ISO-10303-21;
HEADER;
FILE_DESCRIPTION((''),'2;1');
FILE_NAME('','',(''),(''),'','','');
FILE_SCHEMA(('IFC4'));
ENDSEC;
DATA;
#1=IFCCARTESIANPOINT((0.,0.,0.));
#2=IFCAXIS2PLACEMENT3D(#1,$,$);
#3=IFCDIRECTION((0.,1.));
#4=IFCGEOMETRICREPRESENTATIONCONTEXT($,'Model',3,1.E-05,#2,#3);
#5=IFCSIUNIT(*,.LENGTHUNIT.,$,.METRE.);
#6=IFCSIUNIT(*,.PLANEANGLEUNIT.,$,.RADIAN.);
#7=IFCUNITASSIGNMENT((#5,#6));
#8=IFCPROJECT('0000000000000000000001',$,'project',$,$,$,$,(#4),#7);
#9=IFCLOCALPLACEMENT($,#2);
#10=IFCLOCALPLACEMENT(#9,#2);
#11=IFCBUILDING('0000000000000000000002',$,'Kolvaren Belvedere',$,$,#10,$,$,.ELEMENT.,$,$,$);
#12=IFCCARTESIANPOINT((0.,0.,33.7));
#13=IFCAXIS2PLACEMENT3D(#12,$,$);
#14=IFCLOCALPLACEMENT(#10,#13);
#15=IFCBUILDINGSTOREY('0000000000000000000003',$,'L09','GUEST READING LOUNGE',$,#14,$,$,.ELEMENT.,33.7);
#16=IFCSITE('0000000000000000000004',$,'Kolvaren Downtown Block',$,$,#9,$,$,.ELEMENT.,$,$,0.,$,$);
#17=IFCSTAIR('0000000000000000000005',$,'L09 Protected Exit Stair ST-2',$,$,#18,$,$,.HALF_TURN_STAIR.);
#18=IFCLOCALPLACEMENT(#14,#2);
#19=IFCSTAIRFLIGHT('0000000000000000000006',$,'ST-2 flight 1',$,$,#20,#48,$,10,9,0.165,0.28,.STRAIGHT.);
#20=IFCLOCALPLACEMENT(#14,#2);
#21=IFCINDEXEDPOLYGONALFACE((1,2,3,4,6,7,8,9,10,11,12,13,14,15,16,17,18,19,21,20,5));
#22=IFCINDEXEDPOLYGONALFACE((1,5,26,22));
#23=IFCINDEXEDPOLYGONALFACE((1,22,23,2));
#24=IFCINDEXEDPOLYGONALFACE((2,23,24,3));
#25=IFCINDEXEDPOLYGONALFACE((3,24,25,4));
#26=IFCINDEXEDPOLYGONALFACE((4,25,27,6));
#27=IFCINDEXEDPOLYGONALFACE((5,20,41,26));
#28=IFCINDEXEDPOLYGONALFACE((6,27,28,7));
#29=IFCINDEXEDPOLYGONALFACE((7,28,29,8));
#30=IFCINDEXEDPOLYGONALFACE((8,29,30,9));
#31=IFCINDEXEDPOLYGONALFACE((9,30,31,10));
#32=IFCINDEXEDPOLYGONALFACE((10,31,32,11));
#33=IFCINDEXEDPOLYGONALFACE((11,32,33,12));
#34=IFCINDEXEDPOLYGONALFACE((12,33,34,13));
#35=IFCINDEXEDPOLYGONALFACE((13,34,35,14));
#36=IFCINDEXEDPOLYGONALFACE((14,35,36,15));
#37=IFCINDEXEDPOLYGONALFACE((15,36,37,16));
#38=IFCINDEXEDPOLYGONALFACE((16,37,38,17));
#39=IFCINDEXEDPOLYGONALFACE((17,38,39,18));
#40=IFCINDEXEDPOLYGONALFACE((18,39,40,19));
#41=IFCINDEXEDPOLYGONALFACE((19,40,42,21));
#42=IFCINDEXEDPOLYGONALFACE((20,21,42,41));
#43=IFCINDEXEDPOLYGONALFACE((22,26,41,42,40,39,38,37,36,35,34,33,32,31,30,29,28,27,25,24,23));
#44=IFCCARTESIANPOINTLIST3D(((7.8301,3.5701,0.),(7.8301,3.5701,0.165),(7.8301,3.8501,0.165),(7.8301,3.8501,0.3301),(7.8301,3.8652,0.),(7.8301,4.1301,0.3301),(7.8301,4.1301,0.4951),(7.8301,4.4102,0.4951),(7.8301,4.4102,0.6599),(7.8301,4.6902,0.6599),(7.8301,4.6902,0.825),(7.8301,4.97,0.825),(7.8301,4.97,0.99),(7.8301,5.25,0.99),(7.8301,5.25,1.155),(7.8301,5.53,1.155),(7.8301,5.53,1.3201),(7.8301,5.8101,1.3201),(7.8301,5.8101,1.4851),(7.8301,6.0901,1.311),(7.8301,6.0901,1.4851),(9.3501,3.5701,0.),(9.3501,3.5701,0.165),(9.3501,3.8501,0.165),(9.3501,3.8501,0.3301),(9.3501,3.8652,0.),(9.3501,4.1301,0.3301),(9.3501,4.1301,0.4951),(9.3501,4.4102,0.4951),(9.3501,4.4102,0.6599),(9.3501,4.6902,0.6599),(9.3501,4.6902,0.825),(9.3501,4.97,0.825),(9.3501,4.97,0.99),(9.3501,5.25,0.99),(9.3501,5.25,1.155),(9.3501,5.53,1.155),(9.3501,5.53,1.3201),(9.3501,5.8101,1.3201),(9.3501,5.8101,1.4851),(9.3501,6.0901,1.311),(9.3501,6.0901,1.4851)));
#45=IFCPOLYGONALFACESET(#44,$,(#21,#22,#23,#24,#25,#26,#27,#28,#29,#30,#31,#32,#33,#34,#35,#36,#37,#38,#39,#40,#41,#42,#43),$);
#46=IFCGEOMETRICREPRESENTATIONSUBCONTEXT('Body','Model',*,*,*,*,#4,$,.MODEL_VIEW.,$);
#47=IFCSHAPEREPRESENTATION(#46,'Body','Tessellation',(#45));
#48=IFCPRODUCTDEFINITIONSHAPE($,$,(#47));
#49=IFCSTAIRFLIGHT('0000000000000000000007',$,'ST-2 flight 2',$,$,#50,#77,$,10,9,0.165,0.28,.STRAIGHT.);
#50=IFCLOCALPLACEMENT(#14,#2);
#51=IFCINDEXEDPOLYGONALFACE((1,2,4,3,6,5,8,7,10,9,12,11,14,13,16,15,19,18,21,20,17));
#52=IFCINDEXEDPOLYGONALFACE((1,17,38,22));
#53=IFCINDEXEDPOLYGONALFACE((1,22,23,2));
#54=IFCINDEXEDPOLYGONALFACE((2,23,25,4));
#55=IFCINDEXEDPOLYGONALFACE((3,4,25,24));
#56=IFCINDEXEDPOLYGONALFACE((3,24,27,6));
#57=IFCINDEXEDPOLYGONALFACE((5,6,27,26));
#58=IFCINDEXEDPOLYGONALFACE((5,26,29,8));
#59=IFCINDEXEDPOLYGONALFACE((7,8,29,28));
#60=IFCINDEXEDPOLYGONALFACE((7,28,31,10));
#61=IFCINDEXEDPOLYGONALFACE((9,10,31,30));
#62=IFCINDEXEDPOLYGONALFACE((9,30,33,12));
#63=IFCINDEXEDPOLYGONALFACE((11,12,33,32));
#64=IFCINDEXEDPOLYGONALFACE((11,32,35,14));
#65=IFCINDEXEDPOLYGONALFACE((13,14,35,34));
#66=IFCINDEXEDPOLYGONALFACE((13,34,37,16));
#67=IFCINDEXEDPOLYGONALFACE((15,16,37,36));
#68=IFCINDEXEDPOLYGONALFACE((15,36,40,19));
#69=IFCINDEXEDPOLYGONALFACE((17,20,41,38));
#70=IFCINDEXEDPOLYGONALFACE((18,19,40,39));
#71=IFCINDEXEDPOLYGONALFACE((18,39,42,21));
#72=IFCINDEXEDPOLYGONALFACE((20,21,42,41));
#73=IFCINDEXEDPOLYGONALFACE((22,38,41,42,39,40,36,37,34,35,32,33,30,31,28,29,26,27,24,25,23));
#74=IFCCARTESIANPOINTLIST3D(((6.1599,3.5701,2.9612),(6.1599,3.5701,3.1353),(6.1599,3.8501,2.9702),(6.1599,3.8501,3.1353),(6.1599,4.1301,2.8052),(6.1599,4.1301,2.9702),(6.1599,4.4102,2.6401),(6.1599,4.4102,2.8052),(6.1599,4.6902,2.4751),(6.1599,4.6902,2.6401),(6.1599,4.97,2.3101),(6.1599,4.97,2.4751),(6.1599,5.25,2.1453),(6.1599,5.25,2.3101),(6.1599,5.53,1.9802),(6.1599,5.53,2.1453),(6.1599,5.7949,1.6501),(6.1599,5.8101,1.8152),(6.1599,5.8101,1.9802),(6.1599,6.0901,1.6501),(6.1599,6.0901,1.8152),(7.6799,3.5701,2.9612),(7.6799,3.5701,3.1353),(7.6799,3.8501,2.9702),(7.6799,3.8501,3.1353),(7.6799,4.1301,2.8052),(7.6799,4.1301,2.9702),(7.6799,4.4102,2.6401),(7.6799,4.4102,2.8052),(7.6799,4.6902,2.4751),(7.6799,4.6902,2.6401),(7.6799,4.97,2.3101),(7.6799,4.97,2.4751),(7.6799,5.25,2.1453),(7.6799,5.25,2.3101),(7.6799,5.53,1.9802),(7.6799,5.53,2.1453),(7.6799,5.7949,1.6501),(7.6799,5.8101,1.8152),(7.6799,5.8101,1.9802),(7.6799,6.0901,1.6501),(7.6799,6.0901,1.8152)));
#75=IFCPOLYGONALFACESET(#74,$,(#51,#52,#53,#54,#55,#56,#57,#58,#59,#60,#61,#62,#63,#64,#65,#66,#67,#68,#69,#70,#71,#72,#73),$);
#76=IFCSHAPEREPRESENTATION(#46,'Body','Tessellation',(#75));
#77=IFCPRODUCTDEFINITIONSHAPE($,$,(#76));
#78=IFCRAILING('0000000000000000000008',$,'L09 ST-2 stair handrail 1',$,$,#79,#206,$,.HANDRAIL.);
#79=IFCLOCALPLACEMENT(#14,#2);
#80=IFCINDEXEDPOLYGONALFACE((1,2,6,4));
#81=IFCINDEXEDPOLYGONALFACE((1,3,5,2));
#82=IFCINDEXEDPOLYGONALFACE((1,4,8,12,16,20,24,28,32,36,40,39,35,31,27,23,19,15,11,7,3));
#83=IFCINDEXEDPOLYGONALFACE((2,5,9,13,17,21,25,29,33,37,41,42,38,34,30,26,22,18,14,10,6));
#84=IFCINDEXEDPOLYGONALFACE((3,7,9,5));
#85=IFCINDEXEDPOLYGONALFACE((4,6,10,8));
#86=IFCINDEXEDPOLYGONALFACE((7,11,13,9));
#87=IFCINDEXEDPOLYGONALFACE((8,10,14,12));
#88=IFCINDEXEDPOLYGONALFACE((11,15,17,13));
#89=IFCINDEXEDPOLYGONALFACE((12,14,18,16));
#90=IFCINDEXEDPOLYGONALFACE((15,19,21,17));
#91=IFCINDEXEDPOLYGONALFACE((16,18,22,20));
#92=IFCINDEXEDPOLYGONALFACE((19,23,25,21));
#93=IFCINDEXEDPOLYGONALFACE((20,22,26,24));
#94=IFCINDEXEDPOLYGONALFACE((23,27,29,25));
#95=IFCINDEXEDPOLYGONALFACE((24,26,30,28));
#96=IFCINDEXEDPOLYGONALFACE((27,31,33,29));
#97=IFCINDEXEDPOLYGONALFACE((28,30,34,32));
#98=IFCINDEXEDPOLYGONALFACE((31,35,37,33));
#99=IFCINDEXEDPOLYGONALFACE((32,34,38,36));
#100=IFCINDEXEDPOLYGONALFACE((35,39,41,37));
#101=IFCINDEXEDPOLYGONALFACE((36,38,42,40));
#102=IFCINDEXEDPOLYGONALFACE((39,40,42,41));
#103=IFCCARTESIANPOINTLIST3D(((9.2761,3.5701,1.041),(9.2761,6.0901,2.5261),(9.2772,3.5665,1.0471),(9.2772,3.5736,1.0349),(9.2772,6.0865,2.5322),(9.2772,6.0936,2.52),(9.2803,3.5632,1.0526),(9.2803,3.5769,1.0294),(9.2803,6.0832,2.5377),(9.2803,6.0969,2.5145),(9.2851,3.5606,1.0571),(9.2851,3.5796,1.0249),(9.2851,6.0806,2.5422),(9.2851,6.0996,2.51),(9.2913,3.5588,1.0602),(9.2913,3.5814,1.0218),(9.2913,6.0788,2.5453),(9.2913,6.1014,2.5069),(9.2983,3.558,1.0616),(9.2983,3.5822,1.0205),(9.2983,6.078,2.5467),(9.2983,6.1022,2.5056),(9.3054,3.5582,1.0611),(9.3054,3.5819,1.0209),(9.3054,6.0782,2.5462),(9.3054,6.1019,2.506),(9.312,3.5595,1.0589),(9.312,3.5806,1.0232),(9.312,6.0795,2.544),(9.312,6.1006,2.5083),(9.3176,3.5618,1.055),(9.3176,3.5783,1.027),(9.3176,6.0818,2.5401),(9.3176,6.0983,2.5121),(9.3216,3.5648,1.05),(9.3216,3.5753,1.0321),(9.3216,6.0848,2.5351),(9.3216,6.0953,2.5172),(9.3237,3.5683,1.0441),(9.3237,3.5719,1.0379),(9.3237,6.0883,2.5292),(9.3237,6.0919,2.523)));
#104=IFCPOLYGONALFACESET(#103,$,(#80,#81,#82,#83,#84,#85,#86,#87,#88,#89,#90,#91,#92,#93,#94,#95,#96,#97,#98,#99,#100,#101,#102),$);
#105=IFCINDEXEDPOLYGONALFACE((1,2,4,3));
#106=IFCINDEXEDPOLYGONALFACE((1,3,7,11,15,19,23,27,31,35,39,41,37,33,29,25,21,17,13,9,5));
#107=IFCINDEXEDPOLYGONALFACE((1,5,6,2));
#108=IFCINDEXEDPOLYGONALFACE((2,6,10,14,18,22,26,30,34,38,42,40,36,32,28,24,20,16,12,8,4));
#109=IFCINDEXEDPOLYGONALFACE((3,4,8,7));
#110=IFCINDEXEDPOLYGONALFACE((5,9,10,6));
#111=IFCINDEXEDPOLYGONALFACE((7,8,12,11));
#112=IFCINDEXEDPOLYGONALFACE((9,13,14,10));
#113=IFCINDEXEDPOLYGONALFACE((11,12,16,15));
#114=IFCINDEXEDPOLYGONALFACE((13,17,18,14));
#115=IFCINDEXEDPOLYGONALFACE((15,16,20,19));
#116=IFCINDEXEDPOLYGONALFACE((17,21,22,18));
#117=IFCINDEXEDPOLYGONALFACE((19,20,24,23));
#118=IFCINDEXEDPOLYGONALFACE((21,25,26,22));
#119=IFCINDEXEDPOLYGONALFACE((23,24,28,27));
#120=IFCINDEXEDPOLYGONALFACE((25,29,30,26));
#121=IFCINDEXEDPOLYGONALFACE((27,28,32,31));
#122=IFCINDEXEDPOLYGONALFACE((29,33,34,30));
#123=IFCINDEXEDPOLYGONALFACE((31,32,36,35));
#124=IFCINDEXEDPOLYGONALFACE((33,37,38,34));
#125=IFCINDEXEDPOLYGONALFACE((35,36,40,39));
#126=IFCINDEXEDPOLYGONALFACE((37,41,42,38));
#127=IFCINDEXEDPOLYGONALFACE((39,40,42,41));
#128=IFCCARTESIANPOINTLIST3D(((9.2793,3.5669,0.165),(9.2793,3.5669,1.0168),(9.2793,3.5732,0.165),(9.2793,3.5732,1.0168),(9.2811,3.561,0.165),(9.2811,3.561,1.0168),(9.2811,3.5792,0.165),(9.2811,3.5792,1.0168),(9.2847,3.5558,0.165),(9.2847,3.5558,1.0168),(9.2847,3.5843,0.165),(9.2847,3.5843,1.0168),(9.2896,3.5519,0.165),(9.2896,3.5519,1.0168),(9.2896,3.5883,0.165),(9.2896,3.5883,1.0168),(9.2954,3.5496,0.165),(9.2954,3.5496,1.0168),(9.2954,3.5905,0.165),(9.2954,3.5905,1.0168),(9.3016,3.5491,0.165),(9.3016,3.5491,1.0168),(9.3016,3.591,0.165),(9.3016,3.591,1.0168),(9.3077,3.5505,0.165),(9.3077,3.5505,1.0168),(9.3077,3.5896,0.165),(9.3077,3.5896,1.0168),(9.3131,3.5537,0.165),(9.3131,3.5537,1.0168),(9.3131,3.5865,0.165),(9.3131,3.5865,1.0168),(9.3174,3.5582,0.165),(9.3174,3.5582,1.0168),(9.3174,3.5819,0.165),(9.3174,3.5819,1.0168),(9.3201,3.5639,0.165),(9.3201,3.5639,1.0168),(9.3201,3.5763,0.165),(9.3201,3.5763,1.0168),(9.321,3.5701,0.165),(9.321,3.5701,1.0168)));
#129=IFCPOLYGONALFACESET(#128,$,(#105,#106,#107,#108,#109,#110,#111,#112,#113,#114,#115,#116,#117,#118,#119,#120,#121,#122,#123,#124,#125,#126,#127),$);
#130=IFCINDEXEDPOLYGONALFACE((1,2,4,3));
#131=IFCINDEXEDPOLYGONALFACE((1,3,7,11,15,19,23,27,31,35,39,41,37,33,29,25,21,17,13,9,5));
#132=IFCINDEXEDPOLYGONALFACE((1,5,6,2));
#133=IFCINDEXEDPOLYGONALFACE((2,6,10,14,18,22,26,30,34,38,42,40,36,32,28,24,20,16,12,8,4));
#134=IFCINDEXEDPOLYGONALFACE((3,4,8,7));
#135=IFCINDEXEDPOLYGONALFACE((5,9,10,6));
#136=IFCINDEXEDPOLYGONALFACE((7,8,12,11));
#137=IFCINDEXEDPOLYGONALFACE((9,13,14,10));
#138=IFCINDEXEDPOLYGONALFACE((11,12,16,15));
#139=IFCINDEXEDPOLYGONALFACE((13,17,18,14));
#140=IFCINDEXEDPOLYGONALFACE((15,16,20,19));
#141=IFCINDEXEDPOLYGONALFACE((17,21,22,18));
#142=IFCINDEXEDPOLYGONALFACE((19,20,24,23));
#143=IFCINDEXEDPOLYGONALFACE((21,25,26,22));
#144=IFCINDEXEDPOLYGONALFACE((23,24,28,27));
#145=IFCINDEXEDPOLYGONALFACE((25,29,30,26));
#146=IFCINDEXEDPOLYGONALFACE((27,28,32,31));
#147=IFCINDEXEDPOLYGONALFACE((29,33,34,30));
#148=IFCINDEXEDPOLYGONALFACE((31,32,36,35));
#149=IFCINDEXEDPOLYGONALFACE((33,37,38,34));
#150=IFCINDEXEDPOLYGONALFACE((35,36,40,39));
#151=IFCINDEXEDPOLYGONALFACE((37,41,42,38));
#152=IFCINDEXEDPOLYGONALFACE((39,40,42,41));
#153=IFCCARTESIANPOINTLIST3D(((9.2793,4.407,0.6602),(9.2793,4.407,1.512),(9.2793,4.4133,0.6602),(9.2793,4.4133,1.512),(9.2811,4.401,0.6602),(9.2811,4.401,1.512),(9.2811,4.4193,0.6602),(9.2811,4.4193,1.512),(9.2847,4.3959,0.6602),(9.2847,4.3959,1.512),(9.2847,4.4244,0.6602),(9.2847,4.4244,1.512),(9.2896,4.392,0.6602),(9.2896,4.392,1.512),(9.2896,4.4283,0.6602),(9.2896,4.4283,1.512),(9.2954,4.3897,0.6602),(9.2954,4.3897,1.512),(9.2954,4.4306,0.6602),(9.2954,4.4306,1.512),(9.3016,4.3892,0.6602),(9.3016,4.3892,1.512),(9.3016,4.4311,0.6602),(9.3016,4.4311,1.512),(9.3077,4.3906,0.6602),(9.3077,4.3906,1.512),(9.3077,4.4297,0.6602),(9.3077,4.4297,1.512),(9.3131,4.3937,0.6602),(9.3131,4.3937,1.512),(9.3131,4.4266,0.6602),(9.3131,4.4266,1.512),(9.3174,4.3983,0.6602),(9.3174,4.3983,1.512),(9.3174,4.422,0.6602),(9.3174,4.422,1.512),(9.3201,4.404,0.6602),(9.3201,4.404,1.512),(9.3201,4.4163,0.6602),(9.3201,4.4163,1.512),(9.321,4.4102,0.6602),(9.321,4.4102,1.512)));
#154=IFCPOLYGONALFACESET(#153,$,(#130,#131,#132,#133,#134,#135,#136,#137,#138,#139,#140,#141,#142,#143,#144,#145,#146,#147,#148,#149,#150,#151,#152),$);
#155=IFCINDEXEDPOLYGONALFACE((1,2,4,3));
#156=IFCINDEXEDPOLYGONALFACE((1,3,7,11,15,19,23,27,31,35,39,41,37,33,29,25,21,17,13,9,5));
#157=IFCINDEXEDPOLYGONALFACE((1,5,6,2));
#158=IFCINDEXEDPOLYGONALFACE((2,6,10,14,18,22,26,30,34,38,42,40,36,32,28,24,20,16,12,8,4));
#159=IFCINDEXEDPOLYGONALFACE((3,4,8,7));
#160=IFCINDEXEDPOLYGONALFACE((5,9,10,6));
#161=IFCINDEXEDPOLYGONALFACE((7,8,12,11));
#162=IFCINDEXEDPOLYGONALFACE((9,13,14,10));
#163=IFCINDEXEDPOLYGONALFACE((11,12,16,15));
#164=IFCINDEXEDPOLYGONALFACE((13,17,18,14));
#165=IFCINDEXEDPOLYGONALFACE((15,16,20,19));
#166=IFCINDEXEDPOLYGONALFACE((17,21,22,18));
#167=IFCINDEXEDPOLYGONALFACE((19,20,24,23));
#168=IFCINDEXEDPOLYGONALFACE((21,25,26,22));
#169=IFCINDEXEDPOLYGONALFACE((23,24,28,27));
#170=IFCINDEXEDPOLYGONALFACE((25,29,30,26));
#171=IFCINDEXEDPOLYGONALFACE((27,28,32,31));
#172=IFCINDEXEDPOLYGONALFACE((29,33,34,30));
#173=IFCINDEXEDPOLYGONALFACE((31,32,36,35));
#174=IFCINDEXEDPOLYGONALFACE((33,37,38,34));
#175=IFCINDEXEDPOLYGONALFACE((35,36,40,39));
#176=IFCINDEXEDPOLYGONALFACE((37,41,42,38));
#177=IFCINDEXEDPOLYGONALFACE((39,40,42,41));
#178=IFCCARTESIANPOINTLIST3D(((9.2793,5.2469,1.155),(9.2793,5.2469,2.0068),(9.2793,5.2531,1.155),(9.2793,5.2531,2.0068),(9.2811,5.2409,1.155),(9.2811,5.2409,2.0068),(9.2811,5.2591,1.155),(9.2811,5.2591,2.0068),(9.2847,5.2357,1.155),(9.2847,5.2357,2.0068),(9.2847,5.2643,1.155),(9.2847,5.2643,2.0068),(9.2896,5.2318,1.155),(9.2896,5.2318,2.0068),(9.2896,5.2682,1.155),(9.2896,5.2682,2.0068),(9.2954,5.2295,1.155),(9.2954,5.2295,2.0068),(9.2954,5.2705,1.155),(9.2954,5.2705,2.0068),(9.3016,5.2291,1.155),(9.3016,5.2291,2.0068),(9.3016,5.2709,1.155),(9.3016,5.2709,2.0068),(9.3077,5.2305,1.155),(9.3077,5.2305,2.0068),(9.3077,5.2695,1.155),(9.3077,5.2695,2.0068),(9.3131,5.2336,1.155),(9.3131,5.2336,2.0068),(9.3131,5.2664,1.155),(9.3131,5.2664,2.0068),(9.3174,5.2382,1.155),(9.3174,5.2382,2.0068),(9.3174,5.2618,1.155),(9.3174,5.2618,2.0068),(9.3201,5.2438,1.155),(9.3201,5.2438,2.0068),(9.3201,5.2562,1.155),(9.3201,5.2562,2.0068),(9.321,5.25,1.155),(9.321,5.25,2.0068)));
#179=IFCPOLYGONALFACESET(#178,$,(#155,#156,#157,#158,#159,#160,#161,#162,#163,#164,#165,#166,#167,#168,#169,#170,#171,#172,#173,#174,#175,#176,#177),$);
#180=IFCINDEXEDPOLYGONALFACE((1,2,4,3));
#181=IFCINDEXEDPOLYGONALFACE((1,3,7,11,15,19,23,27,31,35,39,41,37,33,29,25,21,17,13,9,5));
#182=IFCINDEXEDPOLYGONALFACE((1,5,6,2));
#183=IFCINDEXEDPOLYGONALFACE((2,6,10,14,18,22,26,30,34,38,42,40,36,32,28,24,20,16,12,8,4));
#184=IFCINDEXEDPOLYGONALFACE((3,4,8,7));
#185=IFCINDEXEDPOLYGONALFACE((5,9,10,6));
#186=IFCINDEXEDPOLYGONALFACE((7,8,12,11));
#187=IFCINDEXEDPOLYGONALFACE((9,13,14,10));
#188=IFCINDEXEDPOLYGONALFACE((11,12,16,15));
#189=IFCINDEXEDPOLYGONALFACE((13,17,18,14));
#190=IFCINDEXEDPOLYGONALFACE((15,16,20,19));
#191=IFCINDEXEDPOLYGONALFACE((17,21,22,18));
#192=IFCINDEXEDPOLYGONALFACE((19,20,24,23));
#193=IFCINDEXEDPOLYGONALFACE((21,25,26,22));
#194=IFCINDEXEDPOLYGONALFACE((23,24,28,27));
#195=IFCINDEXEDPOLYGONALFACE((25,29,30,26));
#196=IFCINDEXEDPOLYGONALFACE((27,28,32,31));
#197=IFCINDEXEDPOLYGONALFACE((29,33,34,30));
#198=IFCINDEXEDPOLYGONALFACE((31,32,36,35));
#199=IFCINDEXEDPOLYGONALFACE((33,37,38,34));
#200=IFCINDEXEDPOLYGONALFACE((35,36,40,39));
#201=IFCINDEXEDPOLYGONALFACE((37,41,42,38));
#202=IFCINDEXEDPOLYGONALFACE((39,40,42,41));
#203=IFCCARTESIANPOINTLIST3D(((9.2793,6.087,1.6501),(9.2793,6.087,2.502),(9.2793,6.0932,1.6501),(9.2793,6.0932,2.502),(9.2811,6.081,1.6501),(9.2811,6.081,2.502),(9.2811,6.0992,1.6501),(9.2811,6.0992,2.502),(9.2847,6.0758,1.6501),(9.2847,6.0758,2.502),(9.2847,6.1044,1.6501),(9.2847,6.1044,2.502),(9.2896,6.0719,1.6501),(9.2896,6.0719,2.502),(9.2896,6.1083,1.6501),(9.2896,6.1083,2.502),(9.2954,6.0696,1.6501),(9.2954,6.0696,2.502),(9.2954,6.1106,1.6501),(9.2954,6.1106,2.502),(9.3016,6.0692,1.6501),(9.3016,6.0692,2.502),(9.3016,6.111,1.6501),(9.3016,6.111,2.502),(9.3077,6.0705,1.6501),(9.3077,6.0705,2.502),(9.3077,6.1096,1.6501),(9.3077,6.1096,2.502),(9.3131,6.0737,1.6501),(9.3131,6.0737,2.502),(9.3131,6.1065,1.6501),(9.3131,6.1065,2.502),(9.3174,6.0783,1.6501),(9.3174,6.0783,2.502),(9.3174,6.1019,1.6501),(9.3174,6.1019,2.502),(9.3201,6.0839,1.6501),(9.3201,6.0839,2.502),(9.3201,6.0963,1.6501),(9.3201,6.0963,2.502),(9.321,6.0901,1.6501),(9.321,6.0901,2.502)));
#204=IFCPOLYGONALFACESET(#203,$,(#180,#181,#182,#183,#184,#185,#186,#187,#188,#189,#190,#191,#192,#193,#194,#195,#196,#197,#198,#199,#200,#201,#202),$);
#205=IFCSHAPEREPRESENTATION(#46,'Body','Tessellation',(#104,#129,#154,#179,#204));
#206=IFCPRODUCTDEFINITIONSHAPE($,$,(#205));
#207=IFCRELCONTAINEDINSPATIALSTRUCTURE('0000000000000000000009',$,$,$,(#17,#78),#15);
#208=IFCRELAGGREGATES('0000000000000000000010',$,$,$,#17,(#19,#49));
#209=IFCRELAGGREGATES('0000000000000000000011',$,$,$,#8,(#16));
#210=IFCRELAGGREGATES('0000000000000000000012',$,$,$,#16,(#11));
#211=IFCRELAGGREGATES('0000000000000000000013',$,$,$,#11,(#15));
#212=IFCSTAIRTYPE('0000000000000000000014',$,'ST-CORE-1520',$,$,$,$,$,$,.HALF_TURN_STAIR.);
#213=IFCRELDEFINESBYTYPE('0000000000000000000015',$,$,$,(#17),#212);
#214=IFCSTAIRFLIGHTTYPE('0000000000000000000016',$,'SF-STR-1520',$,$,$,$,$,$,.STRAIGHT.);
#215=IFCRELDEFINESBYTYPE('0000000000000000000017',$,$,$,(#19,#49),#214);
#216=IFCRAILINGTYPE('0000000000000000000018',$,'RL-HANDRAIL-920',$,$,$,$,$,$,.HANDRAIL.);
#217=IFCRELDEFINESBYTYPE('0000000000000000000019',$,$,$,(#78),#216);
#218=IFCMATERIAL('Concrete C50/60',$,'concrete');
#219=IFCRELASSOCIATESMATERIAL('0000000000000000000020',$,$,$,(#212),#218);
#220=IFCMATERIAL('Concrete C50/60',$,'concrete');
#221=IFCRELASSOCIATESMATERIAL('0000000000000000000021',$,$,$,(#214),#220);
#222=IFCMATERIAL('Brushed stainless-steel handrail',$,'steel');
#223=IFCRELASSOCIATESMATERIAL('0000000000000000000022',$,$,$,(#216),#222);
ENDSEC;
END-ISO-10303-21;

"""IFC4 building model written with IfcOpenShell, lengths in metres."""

from ifc_helpers import new_model, si_unit, direction, frame, origin, origin_2d, place, context, subcontext, project, spatial, polyline, circle, outline, extrude, material, type_object, element, aggregate, save


model = new_model("IFC4")

# Units and contexts
model_context = context("Model", 3, precision=1e-05, world=origin(), true_north=direction((0.0, 1.0)))
body_context = subcontext(model_context, "Body", "Model", "MODEL_VIEW")
ifc_project = project(units=[si_unit("LENGTHUNIT", "METRE"), si_unit("PLANEANGLEUNIT", "RADIAN")], contexts=[model_context])

# Site, building, storey
site_placement = place(None, origin())
site = spatial("IfcSite", under=ifc_project, at=site_placement, Name="Kolvaren Downtown Block", CompositionType="ELEMENT", RefElevation=0.0)
building_placement = place(site_placement, origin())
building = spatial("IfcBuilding", under=site, at=building_placement, Name="Kolvaren Belvedere", CompositionType="ELEMENT")
storey_placement = place(building_placement, frame((0.0, 0.0, 33.7)))
storey = spatial("IfcBuildingStorey", under=building, at=storey_placement, Name="L09", Description="GUEST READING LOUNGE", CompositionType="ELEMENT", Elevation=33.7)

# Stair, stair flights
ifc_material_1 = material(Name="Concrete C50/60", Category="concrete")
stair_type = type_object("IfcStairType", Name="ST-CORE-1520", PredefinedType="HALF_TURN_STAIR", material=ifc_material_1)
stair_placement = place(storey_placement, origin())
stair = element("IfcStair", 1, at=stair_placement, inside=storey, type_object=stair_type, Name="L09 Protected Exit Stair ST-2", PredefinedType="HALF_TURN_STAIR")
ifc_material_2 = material(Name="Concrete C50/60", Category="concrete")
stair_flight_type = type_object("IfcStairFlightType", Name="SF-STR-1520", PredefinedType="STRAIGHT", material=ifc_material_2)
stair_flight_1_placement = place(storey_placement, frame((8.5901, 3.5701, 0.0), z_axis=(0.0, 0.0, 1.0), x_axis=(0.0, 1.0, 0.0)))
stair_flight_1 = element("IfcStairFlight", 2, at=stair_flight_1_placement, type_object=stair_flight_type, Name="ST-2 flight 1", NumberOfRisers=10, NumberOfTreads=9, PredefinedType="STRAIGHT", RiserHeight=0.165, TreadLength=0.28, context=body_context, shape_type="SweptSolid", body=[
    extrude(outline(polyline([(0.0, 0.0), (0.0, 0.165), (0.28, 0.165), (0.28, 0.3301), (0.5601, 0.3301), (0.5601, 0.4951), (0.8401, 0.4951), (0.8401, 0.6599), (1.1201, 0.6599), (1.1201, 0.825), (1.3999, 0.825), (1.3999, 0.99), (1.6799, 0.99), (1.6799, 1.155), (1.96, 1.155), (1.96, 1.3201), (2.24, 1.3201), (2.24, 1.4851), (2.52, 1.4851), (2.52, 1.6499), (2.52, 1.311), (0.2952, 0.0), (0.0, 0.0)])), frame((0.0, 0.76, 0.0), z_axis=(0.0, -1.0, 0.0), x_axis=(1.0, 0.0, 0.0)), (0.0, 0.0, 1.0), 1.52),
])
stair_flight_2_placement = place(storey_placement, frame((6.9199, 6.0901, 1.6501), z_axis=(0.0, 0.0, 1.0), x_axis=(0.0, -1.0, 0.0)))
stair_flight_2 = element("IfcStairFlight", 3, at=stair_flight_2_placement, type_object=stair_flight_type, Name="ST-2 flight 2", NumberOfRisers=10, NumberOfTreads=9, PredefinedType="STRAIGHT", RiserHeight=0.165, TreadLength=0.28, context=body_context, shape_type="SweptSolid", body=[
    extrude(outline(polyline([(0.0, 0.0), (0.0, 0.165), (0.28, 0.165), (0.28, 0.3301), (0.5601, 0.3301), (0.5601, 0.4951), (0.8401, 0.4951), (0.8401, 0.6599), (1.1201, 0.6599), (1.1201, 0.825), (1.3999, 0.825), (1.3999, 0.99), (1.6799, 0.99), (1.6799, 1.155), (1.96, 1.155), (1.96, 1.3201), (2.24, 1.3201), (2.24, 1.4851), (2.52, 1.4851), (2.52, 1.6499), (2.52, 1.311), (0.2952, 0.0), (0.0, 0.0)])), frame((0.0, 0.76, 0.0), z_axis=(0.0, -1.0, 0.0), x_axis=(1.0, 0.0, 0.0)), (0.0, 0.0, 1.0), 1.52),
])
aggregate(stair, [stair_flight_1, stair_flight_2])

# Railing
ifc_material_3 = material(Name="Brushed stainless-steel handrail", Category="steel")
railing_type_1 = type_object("IfcRailingType", Name="RL-HANDRAIL-920", PredefinedType="HANDRAIL", material=ifc_material_3)
railing_1_placement = place(storey_placement, frame((9.3, 3.5701, 0.165)))
element("IfcRailing", 4, at=railing_1_placement, inside=storey, type_object=railing_type_1, Name="L09 ST-2 stair handrail 1", PredefinedType="HANDRAIL", context=body_context, shape_type="SweptSolid", body=[
    extrude(circle(Radius=0.0239, at=origin_2d()), frame((0.0, 0.0, 0.876), z_axis=(0.0, 0.861524, 0.507717), x_axis=(-1.0, 0.0, 0.0)), (0.0, 0.0, 1.0), 2.925),
    extrude(circle(Radius=0.021, at=origin_2d()), origin(), (0.0, 0.0, 1.0), 0.8518),
    extrude(circle(Radius=0.021, at=origin_2d()), frame((0.0, 0.8401, 0.4951)), (0.0, 0.0, 1.0), 0.8518),
    extrude(circle(Radius=0.021, at=origin_2d()), frame((0.0, 1.6799, 0.99)), (0.0, 0.0, 1.0), 0.8518),
    extrude(circle(Radius=0.021, at=origin_2d()), frame((0.0, 2.52, 1.4851)), (0.0, 0.0, 1.0), 0.8518),
])

save(model, "model.ifc")
